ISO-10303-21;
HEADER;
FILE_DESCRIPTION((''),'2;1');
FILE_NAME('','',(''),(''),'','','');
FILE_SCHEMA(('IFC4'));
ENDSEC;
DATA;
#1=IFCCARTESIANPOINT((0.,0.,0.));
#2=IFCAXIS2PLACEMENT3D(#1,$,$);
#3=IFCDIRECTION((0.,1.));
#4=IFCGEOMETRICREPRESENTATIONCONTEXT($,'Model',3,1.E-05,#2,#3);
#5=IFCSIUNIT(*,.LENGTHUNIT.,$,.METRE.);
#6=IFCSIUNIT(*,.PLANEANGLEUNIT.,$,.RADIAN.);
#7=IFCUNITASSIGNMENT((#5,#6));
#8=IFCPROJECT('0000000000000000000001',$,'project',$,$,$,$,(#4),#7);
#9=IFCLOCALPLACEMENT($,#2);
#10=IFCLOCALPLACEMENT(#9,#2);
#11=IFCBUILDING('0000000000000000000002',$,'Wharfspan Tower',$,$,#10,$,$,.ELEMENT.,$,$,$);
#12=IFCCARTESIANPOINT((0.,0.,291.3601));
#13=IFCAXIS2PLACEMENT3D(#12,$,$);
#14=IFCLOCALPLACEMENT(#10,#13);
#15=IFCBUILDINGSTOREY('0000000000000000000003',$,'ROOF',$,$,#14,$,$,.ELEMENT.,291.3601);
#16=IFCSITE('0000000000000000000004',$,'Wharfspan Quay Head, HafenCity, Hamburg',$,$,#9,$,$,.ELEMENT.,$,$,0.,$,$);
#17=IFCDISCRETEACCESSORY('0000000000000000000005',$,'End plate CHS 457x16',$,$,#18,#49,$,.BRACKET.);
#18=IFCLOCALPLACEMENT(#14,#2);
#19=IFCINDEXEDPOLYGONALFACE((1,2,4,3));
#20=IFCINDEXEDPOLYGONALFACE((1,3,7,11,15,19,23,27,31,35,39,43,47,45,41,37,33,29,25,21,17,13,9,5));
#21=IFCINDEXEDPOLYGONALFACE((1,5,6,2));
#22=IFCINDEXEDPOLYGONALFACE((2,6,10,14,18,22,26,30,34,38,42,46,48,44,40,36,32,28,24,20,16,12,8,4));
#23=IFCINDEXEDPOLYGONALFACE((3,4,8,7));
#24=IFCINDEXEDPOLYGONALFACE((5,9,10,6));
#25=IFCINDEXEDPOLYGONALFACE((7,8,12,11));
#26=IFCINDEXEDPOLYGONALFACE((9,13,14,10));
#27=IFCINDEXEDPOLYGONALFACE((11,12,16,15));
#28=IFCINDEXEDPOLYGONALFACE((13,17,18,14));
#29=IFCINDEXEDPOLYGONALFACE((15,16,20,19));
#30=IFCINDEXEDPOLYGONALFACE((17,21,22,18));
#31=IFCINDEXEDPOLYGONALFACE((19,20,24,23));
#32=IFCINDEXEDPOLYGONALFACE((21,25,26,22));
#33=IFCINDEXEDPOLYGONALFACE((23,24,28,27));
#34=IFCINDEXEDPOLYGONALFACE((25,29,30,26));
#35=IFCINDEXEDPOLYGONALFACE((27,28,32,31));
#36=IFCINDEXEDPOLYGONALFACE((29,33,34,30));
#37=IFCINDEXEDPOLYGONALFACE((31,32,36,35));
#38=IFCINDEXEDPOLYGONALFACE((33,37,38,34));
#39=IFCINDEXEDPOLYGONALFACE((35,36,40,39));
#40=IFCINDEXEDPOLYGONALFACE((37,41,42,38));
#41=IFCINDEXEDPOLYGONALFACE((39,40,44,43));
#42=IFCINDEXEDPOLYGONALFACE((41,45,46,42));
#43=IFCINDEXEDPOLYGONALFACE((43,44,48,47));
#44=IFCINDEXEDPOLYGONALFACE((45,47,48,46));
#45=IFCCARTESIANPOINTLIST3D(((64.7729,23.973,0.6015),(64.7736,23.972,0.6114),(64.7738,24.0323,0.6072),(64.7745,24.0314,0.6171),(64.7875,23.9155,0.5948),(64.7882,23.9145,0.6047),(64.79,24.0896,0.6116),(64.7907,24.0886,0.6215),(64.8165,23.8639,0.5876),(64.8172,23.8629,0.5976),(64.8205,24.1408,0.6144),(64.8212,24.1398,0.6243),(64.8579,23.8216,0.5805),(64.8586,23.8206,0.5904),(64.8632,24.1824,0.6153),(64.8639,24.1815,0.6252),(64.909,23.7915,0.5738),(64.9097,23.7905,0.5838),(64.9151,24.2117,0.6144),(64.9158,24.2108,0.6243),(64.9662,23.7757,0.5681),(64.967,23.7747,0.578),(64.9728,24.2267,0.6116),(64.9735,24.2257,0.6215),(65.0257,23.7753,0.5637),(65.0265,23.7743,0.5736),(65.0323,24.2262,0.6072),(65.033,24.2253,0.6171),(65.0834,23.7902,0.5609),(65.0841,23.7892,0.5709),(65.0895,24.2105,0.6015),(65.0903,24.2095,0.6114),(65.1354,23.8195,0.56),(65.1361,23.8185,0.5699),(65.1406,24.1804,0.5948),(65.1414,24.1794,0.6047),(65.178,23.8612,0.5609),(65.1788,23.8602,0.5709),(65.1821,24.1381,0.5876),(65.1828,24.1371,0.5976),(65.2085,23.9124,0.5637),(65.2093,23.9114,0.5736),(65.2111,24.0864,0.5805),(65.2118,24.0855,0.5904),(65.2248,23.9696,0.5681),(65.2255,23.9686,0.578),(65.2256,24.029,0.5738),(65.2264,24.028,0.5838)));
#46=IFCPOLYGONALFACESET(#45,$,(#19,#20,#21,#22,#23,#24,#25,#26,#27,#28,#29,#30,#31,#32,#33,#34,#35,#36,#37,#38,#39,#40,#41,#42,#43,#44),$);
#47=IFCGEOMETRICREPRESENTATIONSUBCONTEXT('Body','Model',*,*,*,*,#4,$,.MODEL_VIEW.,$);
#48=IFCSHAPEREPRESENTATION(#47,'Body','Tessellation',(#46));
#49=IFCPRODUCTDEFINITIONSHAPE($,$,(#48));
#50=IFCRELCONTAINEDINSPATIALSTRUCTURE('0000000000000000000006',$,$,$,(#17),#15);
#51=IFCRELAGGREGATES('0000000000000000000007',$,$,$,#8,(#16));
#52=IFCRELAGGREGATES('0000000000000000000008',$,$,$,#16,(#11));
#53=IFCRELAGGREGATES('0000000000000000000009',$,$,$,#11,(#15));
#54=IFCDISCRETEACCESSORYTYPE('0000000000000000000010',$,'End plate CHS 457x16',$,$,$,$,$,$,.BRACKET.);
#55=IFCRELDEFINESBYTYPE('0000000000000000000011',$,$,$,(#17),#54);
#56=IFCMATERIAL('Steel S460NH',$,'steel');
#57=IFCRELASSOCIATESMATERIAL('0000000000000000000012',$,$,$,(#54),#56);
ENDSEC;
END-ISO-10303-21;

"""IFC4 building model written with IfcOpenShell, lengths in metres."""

from ifc_helpers import new_model, si_unit, direction, frame, origin, origin_2d, place, context, subcontext, project, spatial, circle, extrude, material, material_profile, profile_set, type_object, element, save


model = new_model("IFC4")

# Units and contexts
model_context = context("Model", 3, precision=1e-05, world=origin(), true_north=direction((0.0, 1.0)))
body_context = subcontext(model_context, "Body", "Model", "MODEL_VIEW")
ifc_project = project(units=[si_unit("LENGTHUNIT", "METRE"), si_unit("PLANEANGLEUNIT", "RADIAN")], contexts=[model_context])

# Site, building, storey
site_placement = place(None, origin())
site = spatial("IfcSite", under=ifc_project, at=site_placement, Name="Wharfspan Quay Head, HafenCity, Hamburg", CompositionType="ELEMENT", RefElevation=0.0)
building_placement = place(site_placement, origin())
building = spatial("IfcBuilding", under=site, at=building_placement, Name="Wharfspan Tower", CompositionType="ELEMENT")
storey_placement = place(building_placement, frame((0.0, 0.0, 291.3601)))
storey = spatial("IfcBuildingStorey", under=building, at=storey_placement, Name="ROOF", CompositionType="ELEMENT", Elevation=291.3601)

# Shared definitions
ifc_material_1 = material(Name="Steel S460NH", Category="steel")

# Discrete accessory
ifc_material_profile_1 = material_profile(ifc_material_1, circle(Radius=0.2285, at=origin_2d()))
ifc_profile_set_1 = profile_set([ifc_material_profile_1], Name="Steel S460NH")
discrete_accessory_type_1 = type_object("IfcDiscreteAccessoryType", Name="End plate CHS 457x16", PredefinedType="BRACKET", material=ifc_profile_set_1)
for number, where, z_axis, x_axis, name in (
    (1, (64.9993, 24.001, 0.5876), (0.072633, -0.096844, 0.992646), (0.8, 0.6, 0.0), "End plate CHS 457x16"),
):
    element("IfcDiscreteAccessory", number, at=place(storey_placement, frame(where, z_axis=z_axis, x_axis=x_axis)), inside=storey, type_object=discrete_accessory_type_1, Name=name, PredefinedType="BRACKET", context=body_context, shape_type="SweptSolid", body=[
        extrude(circle(Radius=0.2285, at=origin_2d()), origin(), (0.0, 0.0, 1.0), 0.01),
    ])

save(model, "model.ifc")
